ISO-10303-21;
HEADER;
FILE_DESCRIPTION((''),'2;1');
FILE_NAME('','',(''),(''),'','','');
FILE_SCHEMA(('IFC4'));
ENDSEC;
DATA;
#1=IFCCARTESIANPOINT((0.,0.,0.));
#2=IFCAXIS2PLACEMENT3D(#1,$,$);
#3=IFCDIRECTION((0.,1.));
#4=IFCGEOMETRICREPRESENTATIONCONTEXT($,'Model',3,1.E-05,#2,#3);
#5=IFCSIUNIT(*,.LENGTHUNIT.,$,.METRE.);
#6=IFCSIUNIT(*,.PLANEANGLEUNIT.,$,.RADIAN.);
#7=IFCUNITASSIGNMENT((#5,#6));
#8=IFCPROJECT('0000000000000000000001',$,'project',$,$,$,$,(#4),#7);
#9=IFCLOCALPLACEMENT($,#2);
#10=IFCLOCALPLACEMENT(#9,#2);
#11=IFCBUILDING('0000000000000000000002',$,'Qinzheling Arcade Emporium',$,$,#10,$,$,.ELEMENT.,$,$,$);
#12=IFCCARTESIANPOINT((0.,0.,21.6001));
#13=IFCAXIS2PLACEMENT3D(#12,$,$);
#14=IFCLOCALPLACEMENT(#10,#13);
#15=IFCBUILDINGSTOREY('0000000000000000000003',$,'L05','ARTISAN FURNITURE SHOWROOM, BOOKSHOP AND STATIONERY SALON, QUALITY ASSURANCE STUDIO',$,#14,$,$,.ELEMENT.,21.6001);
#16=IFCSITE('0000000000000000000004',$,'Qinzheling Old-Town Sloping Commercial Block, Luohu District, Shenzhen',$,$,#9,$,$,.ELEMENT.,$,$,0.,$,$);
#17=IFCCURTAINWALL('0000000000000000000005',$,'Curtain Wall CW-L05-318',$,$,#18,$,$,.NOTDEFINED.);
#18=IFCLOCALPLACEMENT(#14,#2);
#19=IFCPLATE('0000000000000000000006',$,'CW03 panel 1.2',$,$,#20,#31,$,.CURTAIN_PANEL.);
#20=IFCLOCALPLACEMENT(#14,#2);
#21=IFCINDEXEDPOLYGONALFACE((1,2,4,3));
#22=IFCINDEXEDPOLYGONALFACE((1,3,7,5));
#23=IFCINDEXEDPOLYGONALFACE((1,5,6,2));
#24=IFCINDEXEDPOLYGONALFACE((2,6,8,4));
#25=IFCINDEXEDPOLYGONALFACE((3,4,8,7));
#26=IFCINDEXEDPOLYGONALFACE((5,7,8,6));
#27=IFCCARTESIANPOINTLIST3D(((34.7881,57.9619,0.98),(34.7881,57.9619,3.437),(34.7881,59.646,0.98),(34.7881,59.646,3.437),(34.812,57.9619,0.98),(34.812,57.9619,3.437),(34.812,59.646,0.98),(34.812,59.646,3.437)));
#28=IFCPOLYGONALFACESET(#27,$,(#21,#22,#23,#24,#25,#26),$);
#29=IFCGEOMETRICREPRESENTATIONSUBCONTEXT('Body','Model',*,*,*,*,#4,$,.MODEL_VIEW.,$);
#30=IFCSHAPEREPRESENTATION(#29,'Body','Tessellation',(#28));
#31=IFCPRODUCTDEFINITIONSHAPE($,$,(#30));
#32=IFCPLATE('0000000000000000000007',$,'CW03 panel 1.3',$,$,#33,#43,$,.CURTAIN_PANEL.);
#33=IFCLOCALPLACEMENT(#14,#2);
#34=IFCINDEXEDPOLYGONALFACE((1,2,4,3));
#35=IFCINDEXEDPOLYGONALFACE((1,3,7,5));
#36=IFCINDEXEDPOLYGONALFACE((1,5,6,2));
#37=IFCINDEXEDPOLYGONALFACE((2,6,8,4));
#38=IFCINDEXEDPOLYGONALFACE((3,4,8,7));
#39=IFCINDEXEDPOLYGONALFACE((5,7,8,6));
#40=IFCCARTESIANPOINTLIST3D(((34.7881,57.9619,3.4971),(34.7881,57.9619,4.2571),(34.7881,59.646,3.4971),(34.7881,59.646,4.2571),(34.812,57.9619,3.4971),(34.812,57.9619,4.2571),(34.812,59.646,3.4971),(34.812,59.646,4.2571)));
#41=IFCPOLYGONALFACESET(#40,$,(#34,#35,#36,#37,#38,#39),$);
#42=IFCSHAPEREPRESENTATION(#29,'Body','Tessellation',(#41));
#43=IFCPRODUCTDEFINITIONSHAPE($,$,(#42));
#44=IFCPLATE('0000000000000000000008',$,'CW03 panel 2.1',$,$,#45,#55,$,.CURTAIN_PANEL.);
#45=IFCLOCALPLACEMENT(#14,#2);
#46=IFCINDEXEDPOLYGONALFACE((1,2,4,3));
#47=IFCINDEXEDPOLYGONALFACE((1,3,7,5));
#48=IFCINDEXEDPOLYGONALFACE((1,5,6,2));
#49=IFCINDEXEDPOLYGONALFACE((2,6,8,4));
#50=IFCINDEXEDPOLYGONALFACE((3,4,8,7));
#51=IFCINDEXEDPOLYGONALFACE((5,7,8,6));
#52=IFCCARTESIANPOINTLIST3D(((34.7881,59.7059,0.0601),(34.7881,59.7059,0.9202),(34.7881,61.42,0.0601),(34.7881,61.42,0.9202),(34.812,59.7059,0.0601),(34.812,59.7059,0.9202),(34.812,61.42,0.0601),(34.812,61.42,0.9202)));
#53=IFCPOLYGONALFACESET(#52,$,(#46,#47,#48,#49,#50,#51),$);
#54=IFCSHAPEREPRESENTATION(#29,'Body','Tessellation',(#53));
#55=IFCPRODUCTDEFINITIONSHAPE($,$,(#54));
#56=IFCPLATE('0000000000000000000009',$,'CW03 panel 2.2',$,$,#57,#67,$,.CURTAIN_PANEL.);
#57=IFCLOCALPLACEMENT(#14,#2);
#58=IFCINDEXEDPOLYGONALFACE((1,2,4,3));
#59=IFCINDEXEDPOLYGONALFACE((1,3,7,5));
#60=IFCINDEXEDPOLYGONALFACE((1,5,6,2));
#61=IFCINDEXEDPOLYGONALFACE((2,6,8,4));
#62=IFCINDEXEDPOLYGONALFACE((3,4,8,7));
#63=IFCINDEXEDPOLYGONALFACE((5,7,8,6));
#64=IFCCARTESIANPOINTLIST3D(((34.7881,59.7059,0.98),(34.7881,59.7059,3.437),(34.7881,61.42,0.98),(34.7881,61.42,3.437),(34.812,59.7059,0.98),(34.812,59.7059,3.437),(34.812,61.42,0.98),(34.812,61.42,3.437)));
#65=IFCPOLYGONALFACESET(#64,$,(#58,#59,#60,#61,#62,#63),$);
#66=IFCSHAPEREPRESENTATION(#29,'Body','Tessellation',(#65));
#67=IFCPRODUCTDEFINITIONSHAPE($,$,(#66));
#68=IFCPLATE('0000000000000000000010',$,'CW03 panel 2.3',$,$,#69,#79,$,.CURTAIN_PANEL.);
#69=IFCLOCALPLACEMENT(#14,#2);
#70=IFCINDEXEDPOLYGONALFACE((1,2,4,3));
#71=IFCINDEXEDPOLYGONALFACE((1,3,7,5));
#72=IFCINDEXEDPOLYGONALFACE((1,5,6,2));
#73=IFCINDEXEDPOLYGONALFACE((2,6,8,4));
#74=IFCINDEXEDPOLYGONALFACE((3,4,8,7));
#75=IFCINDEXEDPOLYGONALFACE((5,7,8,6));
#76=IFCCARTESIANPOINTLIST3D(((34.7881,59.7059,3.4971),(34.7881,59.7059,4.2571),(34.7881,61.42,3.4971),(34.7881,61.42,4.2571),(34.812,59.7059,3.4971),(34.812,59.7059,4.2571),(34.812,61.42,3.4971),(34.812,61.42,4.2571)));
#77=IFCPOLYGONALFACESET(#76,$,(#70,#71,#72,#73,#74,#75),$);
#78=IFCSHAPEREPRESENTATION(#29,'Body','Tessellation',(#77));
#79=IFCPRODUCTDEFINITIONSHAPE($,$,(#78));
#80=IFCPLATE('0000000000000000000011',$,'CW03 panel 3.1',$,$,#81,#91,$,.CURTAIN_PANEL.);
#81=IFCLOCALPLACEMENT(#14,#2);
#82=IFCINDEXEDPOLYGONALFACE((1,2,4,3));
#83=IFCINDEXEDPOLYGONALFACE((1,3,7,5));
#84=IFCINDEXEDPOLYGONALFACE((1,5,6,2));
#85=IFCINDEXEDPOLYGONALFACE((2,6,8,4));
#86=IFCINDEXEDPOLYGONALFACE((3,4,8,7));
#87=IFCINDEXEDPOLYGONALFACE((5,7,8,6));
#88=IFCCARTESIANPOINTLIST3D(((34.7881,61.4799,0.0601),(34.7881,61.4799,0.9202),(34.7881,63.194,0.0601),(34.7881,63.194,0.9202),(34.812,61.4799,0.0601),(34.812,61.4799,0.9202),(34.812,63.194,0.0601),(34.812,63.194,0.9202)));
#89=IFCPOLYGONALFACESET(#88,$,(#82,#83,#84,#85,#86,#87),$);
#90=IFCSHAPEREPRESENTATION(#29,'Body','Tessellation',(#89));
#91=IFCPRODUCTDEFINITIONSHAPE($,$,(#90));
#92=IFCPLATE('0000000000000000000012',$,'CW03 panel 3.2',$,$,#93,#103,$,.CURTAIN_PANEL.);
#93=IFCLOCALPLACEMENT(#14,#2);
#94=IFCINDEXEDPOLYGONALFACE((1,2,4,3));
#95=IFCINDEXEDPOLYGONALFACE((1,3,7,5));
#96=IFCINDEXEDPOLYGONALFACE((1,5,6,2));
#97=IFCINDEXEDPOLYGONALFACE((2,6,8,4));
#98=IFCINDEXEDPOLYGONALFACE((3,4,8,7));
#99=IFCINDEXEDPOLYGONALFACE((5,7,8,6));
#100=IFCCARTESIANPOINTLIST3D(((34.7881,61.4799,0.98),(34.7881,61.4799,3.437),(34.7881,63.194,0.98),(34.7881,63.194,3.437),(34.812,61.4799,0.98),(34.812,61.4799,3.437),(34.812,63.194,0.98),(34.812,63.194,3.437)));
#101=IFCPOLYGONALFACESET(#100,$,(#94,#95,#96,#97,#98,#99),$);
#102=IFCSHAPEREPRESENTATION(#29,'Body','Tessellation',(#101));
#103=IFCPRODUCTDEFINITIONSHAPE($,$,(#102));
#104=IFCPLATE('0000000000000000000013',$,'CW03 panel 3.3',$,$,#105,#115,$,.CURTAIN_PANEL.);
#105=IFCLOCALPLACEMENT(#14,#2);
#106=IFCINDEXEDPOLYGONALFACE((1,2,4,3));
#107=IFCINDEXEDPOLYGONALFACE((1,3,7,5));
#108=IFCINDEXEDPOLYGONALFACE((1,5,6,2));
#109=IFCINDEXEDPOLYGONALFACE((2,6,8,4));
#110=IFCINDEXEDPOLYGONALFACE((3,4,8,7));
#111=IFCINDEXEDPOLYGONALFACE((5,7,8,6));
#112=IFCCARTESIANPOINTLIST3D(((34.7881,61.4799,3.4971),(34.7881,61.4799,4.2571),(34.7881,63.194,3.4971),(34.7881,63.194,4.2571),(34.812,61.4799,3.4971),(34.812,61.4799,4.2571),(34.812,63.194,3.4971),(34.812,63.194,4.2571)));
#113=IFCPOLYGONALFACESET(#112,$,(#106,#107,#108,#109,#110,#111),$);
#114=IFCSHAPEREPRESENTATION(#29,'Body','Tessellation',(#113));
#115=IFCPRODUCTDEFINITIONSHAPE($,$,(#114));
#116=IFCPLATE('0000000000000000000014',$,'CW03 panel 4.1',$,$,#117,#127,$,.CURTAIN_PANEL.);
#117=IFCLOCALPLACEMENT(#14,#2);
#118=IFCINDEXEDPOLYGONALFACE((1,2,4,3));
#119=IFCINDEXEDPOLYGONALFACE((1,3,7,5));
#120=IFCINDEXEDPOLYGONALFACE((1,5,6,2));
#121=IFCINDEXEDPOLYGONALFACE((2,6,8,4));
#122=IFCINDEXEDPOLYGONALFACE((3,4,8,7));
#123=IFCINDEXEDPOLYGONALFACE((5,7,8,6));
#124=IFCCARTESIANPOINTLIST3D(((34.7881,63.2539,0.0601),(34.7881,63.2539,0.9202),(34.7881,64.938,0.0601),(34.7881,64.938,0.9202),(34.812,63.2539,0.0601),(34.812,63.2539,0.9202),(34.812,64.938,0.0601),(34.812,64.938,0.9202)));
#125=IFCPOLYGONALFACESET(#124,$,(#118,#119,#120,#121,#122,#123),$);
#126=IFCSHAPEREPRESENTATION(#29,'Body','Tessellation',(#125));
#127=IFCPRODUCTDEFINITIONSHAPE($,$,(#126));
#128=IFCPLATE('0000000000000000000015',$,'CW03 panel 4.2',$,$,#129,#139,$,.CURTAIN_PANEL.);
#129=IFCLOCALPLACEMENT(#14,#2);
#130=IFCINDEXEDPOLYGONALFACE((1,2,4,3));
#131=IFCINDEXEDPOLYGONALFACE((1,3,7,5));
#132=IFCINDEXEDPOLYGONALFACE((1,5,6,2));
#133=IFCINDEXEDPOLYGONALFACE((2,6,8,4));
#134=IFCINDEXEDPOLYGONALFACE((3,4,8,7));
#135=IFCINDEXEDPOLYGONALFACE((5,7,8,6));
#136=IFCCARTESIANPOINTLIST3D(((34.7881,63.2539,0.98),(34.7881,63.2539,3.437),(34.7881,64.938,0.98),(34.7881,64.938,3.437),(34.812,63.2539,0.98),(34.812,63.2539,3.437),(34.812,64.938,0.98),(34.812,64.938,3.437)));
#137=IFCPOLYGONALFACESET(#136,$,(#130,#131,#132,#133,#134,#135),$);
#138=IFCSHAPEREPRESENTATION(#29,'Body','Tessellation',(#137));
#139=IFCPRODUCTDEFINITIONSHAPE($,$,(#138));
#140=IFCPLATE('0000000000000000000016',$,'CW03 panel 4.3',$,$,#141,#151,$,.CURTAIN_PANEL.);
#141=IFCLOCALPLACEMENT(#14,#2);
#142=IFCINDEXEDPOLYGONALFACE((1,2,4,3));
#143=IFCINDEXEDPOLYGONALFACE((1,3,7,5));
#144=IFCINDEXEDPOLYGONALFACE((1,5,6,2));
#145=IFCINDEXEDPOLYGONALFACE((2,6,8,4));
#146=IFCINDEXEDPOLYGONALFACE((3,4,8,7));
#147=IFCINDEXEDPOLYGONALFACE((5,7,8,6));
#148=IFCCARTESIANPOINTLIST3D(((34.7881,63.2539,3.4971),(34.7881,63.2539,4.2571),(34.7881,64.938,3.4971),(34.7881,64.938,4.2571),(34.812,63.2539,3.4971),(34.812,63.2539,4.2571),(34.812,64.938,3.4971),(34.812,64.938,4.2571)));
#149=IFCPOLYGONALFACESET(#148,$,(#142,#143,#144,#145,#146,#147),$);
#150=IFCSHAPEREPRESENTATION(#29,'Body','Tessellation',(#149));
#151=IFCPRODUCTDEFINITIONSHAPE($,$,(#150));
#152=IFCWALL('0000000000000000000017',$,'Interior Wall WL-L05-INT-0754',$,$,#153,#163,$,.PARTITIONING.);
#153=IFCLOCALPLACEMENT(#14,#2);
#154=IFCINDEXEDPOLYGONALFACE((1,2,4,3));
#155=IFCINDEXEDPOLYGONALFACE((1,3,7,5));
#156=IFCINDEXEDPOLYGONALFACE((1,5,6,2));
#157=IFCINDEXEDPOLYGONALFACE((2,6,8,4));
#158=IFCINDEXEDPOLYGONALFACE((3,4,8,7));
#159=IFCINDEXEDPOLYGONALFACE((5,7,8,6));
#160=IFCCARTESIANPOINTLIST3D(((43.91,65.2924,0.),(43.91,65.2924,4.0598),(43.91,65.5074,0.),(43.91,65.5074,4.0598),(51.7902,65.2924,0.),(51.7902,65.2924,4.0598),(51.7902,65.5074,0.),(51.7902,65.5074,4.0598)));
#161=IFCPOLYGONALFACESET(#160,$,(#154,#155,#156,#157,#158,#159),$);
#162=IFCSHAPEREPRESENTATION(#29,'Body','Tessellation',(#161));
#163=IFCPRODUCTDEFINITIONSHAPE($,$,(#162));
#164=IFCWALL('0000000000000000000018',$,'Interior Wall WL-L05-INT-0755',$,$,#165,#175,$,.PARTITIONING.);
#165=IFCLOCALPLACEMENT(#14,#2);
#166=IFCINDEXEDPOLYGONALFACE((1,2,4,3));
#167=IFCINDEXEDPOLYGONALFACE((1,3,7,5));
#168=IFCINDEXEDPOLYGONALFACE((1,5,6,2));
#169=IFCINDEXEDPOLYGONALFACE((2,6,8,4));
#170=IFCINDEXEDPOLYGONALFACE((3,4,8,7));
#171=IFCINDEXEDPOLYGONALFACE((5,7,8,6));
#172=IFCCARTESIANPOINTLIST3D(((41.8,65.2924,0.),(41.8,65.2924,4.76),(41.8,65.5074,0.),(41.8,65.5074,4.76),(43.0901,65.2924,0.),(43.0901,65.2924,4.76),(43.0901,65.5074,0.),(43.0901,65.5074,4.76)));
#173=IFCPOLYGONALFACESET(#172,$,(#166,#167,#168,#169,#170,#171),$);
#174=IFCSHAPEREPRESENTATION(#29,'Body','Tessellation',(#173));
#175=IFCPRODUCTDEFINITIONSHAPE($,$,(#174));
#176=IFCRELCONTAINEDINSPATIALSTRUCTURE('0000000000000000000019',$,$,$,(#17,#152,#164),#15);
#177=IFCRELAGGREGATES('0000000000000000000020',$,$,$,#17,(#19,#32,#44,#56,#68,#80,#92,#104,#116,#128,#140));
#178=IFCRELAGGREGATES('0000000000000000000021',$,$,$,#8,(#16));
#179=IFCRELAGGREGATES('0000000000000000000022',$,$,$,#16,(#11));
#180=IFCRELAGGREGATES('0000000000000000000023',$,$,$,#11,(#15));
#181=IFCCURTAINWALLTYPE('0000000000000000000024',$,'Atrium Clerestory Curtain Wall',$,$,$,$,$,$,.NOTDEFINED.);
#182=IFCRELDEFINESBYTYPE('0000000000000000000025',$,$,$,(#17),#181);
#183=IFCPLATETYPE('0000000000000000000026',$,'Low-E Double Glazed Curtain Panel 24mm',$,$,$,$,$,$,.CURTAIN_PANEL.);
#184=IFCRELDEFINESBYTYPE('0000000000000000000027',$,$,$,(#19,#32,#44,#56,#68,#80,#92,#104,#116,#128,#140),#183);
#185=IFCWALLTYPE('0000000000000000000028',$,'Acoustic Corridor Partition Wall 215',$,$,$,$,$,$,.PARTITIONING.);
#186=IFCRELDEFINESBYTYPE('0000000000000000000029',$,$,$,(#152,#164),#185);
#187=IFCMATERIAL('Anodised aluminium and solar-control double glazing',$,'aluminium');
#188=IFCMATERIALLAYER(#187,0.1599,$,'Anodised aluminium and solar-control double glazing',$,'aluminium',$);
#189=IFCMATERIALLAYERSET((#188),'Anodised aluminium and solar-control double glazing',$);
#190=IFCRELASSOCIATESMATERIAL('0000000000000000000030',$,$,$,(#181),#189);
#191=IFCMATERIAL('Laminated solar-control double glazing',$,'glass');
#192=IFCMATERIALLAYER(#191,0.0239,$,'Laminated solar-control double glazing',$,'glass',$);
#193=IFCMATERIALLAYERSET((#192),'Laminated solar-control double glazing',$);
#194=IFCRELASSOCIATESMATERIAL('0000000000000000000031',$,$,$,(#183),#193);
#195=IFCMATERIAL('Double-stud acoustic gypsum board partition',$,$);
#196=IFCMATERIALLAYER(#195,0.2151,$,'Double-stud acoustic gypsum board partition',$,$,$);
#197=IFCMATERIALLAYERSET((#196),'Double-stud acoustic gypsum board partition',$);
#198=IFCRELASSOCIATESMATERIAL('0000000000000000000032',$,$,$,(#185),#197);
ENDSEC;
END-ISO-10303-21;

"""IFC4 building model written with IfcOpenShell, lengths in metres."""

from ifc_helpers import new_model, si_unit, direction, frame, frame_2d, origin, origin_2d, place, context, subcontext, project, spatial, rectangle, extrude, material, layer, layer_set, type_object, element, aggregate, save


model = new_model("IFC4")

# Units and contexts
model_context = context("Model", 3, precision=1e-05, world=origin(), true_north=direction((0.0, 1.0)))
body_context = subcontext(model_context, "Body", "Model", "MODEL_VIEW")
ifc_project = project(units=[si_unit("LENGTHUNIT", "METRE"), si_unit("PLANEANGLEUNIT", "RADIAN")], contexts=[model_context])

# Site, building, storey
site_placement = place(None, origin())
site = spatial("IfcSite", under=ifc_project, at=site_placement, Name="Qinzheling Old-Town Sloping Commercial Block, Luohu District, Shenzhen", CompositionType="ELEMENT", RefElevation=0.0)
building_placement = place(site_placement, origin())
building = spatial("IfcBuilding", under=site, at=building_placement, Name="Qinzheling Arcade Emporium", CompositionType="ELEMENT")
storey_placement = place(building_placement, frame((0.0, 0.0, 21.6001)))
storey = spatial("IfcBuildingStorey", under=building, at=storey_placement, Name="L05", Description="ARTISAN FURNITURE SHOWROOM, BOOKSHOP AND STATIONERY SALON, QUALITY ASSURANCE STUDIO", CompositionType="ELEMENT", Elevation=21.6001)

# Curtain wall
ifc_material_1 = material(Name="Anodised aluminium and solar-control double glazing", Category="aluminium")
ifc_layer_1 = layer(ifc_material_1, 0.1599, Name="Anodised aluminium and solar-control double glazing", Category="aluminium")
ifc_layer_set_1 = layer_set([ifc_layer_1], Name="Anodised aluminium and solar-control double glazing")
curtain_wall_type = type_object("IfcCurtainWallType", Name="Atrium Clerestory Curtain Wall", PredefinedType="NOTDEFINED", material=ifc_layer_set_1)
curtain_wall_placement = place(storey_placement, origin())
curtain_wall = element("IfcCurtainWall", 1, at=curtain_wall_placement, inside=storey, type_object=curtain_wall_type, Name="Curtain Wall CW-L05-318", PredefinedType="NOTDEFINED")

# Plates
ifc_material_2 = material(Name="Laminated solar-control double glazing", Category="glass")
ifc_layer_2 = layer(ifc_material_2, 0.0239, Name="Laminated solar-control double glazing", Category="glass")
ifc_layer_set_2 = layer_set([ifc_layer_2], Name="Laminated solar-control double glazing")
plate_type = type_object("IfcPlateType", Name="Low-E Double Glazed Curtain Panel 24mm", PredefinedType="CURTAIN_PANEL", material=ifc_layer_set_2)
plate_1_placement = place(storey_placement, frame((34.8, 58.804, 0.98), z_axis=(0.0, 0.0, 1.0), x_axis=(0.0, 1.0, 0.0)))
plate_1 = element("IfcPlate", 2, at=plate_1_placement, type_object=plate_type, Name="CW03 panel 1.2", PredefinedType="CURTAIN_PANEL", context=body_context, shape_type="SweptSolid", body=[
    extrude(rectangle(XDim=1.6841, YDim=0.0239, at=origin_2d()), origin(), (0.0, 0.0, 1.0), 2.457),
])
plate_2_placement = place(storey_placement, frame((34.8, 58.804, 3.4971), z_axis=(0.0, 0.0, 1.0), x_axis=(0.0, 1.0, 0.0)))
plate_2 = element("IfcPlate", 3, at=plate_2_placement, type_object=plate_type, Name="CW03 panel 1.3", PredefinedType="CURTAIN_PANEL", context=body_context, shape_type="SweptSolid", body=[
    extrude(rectangle(XDim=1.6841, YDim=0.0239, at=origin_2d()), origin(), (0.0, 0.0, 1.0), 0.76),
])
plate_3_placement = place(storey_placement, frame((34.8, 60.563, 0.0601), z_axis=(0.0, 0.0, 1.0), x_axis=(0.0, 1.0, 0.0)))
plate_3 = element("IfcPlate", 4, at=plate_3_placement, type_object=plate_type, Name="CW03 panel 2.1", PredefinedType="CURTAIN_PANEL", context=body_context, shape_type="SweptSolid", body=[
    extrude(rectangle(XDim=1.7141, YDim=0.0239, at=origin_2d()), origin(), (0.0, 0.0, 1.0), 0.8601),
])
plate_4_placement = place(storey_placement, frame((34.8, 60.563, 0.98), z_axis=(0.0, 0.0, 1.0), x_axis=(0.0, 1.0, 0.0)))
plate_4 = element("IfcPlate", 5, at=plate_4_placement, type_object=plate_type, Name="CW03 panel 2.2", PredefinedType="CURTAIN_PANEL", context=body_context, shape_type="SweptSolid", body=[
    extrude(rectangle(XDim=1.7141, YDim=0.0239, at=origin_2d()), origin(), (0.0, 0.0, 1.0), 2.457),
])
plate_5_placement = place(storey_placement, frame((34.8, 60.563, 3.4971), z_axis=(0.0, 0.0, 1.0), x_axis=(0.0, 1.0, 0.0)))
plate_5 = element("IfcPlate", 6, at=plate_5_placement, type_object=plate_type, Name="CW03 panel 2.3", PredefinedType="CURTAIN_PANEL", context=body_context, shape_type="SweptSolid", body=[
    extrude(rectangle(XDim=1.7141, YDim=0.0239, at=origin_2d()), origin(), (0.0, 0.0, 1.0), 0.76),
])
plate_6_placement = place(storey_placement, frame((34.8, 62.3369, 0.0601), z_axis=(0.0, 0.0, 1.0), x_axis=(0.0, 1.0, 0.0)))
plate_6 = element("IfcPlate", 7, at=plate_6_placement, type_object=plate_type, Name="CW03 panel 3.1", PredefinedType="CURTAIN_PANEL", context=body_context, shape_type="SweptSolid", body=[
    extrude(rectangle(XDim=1.7141, YDim=0.0239, at=origin_2d()), origin(), (0.0, 0.0, 1.0), 0.8601),
])
plate_7_placement = place(storey_placement, frame((34.8, 62.3369, 0.98), z_axis=(0.0, 0.0, 1.0), x_axis=(0.0, 1.0, 0.0)))
plate_7 = element("IfcPlate", 8, at=plate_7_placement, type_object=plate_type, Name="CW03 panel 3.2", PredefinedType="CURTAIN_PANEL", context=body_context, shape_type="SweptSolid", body=[
    extrude(rectangle(XDim=1.7141, YDim=0.0239, at=origin_2d()), origin(), (0.0, 0.0, 1.0), 2.457),
])
plate_8_placement = place(storey_placement, frame((34.8, 62.3369, 3.4971), z_axis=(0.0, 0.0, 1.0), x_axis=(0.0, 1.0, 0.0)))
plate_8 = element("IfcPlate", 9, at=plate_8_placement, type_object=plate_type, Name="CW03 panel 3.3", PredefinedType="CURTAIN_PANEL", context=body_context, shape_type="SweptSolid", body=[
    extrude(rectangle(XDim=1.7141, YDim=0.0239, at=origin_2d()), origin(), (0.0, 0.0, 1.0), 0.76),
])
plate_9_placement = place(storey_placement, frame((34.8, 64.0959, 0.0601), z_axis=(0.0, 0.0, 1.0), x_axis=(0.0, 1.0, 0.0)))
plate_9 = element("IfcPlate", 10, at=plate_9_placement, type_object=plate_type, Name="CW03 panel 4.1", PredefinedType="CURTAIN_PANEL", context=body_context, shape_type="SweptSolid", body=[
    extrude(rectangle(XDim=1.6841, YDim=0.0239, at=origin_2d()), origin(), (0.0, 0.0, 1.0), 0.8601),
])
plate_10_placement = place(storey_placement, frame((34.8, 64.0959, 0.98), z_axis=(0.0, 0.0, 1.0), x_axis=(0.0, 1.0, 0.0)))
plate_10 = element("IfcPlate", 11, at=plate_10_placement, type_object=plate_type, Name="CW03 panel 4.2", PredefinedType="CURTAIN_PANEL", context=body_context, shape_type="SweptSolid", body=[
    extrude(rectangle(XDim=1.6841, YDim=0.0239, at=origin_2d()), origin(), (0.0, 0.0, 1.0), 2.457),
])
plate_11_placement = place(storey_placement, frame((34.8, 64.0959, 3.4971), z_axis=(0.0, 0.0, 1.0), x_axis=(0.0, 1.0, 0.0)))
plate_11 = element("IfcPlate", 12, at=plate_11_placement, type_object=plate_type, Name="CW03 panel 4.3", PredefinedType="CURTAIN_PANEL", context=body_context, shape_type="SweptSolid", body=[
    extrude(rectangle(XDim=1.6841, YDim=0.0239, at=origin_2d()), origin(), (0.0, 0.0, 1.0), 0.76),
])
aggregate(curtain_wall, [plate_1, plate_2, plate_3, plate_4, plate_5, plate_6, plate_7, plate_8, plate_9, plate_10, plate_11])

# Walls
ifc_material_3 = material(Name="Double-stud acoustic gypsum board partition")
ifc_layer_3 = layer(ifc_material_3, 0.2151, Name="Double-stud acoustic gypsum board partition")
ifc_layer_set_3 = layer_set([ifc_layer_3], Name="Double-stud acoustic gypsum board partition")
wall_type_1 = type_object("IfcWallType", Name="Acoustic Corridor Partition Wall 215", PredefinedType="PARTITIONING", material=ifc_layer_set_3)
wall_1_placement = place(storey_placement, frame((51.79, 65.3999, 0.0), z_axis=(0.0, 0.0, 1.0), x_axis=(-1.0, 0.0, 0.0)))
element("IfcWall", 13, at=wall_1_placement, inside=storey, type_object=wall_type_1, Name="Interior Wall WL-L05-INT-0754", PredefinedType="PARTITIONING", context=body_context, shape_type="SweptSolid", body=[
    extrude(rectangle(XDim=7.8801, YDim=0.2151, at=frame_2d((3.9399, 0.0))), origin(), (0.0, 0.0, 1.0), 4.0598),
])
wall_2_placement = place(storey_placement, frame((43.0901, 65.3999, 0.0), z_axis=(0.0, 0.0, 1.0), x_axis=(-1.0, 0.0, 0.0)))
element("IfcWall", 14, at=wall_2_placement, inside=storey, type_object=wall_type_1, Name="Interior Wall WL-L05-INT-0755", PredefinedType="PARTITIONING", context=body_context, shape_type="SweptSolid", body=[
    extrude(rectangle(XDim=1.29, YDim=0.2151, at=frame_2d((0.645, 0.0))), origin(), (0.0, 0.0, 1.0), 4.76),
])

save(model, "model.ifc")
